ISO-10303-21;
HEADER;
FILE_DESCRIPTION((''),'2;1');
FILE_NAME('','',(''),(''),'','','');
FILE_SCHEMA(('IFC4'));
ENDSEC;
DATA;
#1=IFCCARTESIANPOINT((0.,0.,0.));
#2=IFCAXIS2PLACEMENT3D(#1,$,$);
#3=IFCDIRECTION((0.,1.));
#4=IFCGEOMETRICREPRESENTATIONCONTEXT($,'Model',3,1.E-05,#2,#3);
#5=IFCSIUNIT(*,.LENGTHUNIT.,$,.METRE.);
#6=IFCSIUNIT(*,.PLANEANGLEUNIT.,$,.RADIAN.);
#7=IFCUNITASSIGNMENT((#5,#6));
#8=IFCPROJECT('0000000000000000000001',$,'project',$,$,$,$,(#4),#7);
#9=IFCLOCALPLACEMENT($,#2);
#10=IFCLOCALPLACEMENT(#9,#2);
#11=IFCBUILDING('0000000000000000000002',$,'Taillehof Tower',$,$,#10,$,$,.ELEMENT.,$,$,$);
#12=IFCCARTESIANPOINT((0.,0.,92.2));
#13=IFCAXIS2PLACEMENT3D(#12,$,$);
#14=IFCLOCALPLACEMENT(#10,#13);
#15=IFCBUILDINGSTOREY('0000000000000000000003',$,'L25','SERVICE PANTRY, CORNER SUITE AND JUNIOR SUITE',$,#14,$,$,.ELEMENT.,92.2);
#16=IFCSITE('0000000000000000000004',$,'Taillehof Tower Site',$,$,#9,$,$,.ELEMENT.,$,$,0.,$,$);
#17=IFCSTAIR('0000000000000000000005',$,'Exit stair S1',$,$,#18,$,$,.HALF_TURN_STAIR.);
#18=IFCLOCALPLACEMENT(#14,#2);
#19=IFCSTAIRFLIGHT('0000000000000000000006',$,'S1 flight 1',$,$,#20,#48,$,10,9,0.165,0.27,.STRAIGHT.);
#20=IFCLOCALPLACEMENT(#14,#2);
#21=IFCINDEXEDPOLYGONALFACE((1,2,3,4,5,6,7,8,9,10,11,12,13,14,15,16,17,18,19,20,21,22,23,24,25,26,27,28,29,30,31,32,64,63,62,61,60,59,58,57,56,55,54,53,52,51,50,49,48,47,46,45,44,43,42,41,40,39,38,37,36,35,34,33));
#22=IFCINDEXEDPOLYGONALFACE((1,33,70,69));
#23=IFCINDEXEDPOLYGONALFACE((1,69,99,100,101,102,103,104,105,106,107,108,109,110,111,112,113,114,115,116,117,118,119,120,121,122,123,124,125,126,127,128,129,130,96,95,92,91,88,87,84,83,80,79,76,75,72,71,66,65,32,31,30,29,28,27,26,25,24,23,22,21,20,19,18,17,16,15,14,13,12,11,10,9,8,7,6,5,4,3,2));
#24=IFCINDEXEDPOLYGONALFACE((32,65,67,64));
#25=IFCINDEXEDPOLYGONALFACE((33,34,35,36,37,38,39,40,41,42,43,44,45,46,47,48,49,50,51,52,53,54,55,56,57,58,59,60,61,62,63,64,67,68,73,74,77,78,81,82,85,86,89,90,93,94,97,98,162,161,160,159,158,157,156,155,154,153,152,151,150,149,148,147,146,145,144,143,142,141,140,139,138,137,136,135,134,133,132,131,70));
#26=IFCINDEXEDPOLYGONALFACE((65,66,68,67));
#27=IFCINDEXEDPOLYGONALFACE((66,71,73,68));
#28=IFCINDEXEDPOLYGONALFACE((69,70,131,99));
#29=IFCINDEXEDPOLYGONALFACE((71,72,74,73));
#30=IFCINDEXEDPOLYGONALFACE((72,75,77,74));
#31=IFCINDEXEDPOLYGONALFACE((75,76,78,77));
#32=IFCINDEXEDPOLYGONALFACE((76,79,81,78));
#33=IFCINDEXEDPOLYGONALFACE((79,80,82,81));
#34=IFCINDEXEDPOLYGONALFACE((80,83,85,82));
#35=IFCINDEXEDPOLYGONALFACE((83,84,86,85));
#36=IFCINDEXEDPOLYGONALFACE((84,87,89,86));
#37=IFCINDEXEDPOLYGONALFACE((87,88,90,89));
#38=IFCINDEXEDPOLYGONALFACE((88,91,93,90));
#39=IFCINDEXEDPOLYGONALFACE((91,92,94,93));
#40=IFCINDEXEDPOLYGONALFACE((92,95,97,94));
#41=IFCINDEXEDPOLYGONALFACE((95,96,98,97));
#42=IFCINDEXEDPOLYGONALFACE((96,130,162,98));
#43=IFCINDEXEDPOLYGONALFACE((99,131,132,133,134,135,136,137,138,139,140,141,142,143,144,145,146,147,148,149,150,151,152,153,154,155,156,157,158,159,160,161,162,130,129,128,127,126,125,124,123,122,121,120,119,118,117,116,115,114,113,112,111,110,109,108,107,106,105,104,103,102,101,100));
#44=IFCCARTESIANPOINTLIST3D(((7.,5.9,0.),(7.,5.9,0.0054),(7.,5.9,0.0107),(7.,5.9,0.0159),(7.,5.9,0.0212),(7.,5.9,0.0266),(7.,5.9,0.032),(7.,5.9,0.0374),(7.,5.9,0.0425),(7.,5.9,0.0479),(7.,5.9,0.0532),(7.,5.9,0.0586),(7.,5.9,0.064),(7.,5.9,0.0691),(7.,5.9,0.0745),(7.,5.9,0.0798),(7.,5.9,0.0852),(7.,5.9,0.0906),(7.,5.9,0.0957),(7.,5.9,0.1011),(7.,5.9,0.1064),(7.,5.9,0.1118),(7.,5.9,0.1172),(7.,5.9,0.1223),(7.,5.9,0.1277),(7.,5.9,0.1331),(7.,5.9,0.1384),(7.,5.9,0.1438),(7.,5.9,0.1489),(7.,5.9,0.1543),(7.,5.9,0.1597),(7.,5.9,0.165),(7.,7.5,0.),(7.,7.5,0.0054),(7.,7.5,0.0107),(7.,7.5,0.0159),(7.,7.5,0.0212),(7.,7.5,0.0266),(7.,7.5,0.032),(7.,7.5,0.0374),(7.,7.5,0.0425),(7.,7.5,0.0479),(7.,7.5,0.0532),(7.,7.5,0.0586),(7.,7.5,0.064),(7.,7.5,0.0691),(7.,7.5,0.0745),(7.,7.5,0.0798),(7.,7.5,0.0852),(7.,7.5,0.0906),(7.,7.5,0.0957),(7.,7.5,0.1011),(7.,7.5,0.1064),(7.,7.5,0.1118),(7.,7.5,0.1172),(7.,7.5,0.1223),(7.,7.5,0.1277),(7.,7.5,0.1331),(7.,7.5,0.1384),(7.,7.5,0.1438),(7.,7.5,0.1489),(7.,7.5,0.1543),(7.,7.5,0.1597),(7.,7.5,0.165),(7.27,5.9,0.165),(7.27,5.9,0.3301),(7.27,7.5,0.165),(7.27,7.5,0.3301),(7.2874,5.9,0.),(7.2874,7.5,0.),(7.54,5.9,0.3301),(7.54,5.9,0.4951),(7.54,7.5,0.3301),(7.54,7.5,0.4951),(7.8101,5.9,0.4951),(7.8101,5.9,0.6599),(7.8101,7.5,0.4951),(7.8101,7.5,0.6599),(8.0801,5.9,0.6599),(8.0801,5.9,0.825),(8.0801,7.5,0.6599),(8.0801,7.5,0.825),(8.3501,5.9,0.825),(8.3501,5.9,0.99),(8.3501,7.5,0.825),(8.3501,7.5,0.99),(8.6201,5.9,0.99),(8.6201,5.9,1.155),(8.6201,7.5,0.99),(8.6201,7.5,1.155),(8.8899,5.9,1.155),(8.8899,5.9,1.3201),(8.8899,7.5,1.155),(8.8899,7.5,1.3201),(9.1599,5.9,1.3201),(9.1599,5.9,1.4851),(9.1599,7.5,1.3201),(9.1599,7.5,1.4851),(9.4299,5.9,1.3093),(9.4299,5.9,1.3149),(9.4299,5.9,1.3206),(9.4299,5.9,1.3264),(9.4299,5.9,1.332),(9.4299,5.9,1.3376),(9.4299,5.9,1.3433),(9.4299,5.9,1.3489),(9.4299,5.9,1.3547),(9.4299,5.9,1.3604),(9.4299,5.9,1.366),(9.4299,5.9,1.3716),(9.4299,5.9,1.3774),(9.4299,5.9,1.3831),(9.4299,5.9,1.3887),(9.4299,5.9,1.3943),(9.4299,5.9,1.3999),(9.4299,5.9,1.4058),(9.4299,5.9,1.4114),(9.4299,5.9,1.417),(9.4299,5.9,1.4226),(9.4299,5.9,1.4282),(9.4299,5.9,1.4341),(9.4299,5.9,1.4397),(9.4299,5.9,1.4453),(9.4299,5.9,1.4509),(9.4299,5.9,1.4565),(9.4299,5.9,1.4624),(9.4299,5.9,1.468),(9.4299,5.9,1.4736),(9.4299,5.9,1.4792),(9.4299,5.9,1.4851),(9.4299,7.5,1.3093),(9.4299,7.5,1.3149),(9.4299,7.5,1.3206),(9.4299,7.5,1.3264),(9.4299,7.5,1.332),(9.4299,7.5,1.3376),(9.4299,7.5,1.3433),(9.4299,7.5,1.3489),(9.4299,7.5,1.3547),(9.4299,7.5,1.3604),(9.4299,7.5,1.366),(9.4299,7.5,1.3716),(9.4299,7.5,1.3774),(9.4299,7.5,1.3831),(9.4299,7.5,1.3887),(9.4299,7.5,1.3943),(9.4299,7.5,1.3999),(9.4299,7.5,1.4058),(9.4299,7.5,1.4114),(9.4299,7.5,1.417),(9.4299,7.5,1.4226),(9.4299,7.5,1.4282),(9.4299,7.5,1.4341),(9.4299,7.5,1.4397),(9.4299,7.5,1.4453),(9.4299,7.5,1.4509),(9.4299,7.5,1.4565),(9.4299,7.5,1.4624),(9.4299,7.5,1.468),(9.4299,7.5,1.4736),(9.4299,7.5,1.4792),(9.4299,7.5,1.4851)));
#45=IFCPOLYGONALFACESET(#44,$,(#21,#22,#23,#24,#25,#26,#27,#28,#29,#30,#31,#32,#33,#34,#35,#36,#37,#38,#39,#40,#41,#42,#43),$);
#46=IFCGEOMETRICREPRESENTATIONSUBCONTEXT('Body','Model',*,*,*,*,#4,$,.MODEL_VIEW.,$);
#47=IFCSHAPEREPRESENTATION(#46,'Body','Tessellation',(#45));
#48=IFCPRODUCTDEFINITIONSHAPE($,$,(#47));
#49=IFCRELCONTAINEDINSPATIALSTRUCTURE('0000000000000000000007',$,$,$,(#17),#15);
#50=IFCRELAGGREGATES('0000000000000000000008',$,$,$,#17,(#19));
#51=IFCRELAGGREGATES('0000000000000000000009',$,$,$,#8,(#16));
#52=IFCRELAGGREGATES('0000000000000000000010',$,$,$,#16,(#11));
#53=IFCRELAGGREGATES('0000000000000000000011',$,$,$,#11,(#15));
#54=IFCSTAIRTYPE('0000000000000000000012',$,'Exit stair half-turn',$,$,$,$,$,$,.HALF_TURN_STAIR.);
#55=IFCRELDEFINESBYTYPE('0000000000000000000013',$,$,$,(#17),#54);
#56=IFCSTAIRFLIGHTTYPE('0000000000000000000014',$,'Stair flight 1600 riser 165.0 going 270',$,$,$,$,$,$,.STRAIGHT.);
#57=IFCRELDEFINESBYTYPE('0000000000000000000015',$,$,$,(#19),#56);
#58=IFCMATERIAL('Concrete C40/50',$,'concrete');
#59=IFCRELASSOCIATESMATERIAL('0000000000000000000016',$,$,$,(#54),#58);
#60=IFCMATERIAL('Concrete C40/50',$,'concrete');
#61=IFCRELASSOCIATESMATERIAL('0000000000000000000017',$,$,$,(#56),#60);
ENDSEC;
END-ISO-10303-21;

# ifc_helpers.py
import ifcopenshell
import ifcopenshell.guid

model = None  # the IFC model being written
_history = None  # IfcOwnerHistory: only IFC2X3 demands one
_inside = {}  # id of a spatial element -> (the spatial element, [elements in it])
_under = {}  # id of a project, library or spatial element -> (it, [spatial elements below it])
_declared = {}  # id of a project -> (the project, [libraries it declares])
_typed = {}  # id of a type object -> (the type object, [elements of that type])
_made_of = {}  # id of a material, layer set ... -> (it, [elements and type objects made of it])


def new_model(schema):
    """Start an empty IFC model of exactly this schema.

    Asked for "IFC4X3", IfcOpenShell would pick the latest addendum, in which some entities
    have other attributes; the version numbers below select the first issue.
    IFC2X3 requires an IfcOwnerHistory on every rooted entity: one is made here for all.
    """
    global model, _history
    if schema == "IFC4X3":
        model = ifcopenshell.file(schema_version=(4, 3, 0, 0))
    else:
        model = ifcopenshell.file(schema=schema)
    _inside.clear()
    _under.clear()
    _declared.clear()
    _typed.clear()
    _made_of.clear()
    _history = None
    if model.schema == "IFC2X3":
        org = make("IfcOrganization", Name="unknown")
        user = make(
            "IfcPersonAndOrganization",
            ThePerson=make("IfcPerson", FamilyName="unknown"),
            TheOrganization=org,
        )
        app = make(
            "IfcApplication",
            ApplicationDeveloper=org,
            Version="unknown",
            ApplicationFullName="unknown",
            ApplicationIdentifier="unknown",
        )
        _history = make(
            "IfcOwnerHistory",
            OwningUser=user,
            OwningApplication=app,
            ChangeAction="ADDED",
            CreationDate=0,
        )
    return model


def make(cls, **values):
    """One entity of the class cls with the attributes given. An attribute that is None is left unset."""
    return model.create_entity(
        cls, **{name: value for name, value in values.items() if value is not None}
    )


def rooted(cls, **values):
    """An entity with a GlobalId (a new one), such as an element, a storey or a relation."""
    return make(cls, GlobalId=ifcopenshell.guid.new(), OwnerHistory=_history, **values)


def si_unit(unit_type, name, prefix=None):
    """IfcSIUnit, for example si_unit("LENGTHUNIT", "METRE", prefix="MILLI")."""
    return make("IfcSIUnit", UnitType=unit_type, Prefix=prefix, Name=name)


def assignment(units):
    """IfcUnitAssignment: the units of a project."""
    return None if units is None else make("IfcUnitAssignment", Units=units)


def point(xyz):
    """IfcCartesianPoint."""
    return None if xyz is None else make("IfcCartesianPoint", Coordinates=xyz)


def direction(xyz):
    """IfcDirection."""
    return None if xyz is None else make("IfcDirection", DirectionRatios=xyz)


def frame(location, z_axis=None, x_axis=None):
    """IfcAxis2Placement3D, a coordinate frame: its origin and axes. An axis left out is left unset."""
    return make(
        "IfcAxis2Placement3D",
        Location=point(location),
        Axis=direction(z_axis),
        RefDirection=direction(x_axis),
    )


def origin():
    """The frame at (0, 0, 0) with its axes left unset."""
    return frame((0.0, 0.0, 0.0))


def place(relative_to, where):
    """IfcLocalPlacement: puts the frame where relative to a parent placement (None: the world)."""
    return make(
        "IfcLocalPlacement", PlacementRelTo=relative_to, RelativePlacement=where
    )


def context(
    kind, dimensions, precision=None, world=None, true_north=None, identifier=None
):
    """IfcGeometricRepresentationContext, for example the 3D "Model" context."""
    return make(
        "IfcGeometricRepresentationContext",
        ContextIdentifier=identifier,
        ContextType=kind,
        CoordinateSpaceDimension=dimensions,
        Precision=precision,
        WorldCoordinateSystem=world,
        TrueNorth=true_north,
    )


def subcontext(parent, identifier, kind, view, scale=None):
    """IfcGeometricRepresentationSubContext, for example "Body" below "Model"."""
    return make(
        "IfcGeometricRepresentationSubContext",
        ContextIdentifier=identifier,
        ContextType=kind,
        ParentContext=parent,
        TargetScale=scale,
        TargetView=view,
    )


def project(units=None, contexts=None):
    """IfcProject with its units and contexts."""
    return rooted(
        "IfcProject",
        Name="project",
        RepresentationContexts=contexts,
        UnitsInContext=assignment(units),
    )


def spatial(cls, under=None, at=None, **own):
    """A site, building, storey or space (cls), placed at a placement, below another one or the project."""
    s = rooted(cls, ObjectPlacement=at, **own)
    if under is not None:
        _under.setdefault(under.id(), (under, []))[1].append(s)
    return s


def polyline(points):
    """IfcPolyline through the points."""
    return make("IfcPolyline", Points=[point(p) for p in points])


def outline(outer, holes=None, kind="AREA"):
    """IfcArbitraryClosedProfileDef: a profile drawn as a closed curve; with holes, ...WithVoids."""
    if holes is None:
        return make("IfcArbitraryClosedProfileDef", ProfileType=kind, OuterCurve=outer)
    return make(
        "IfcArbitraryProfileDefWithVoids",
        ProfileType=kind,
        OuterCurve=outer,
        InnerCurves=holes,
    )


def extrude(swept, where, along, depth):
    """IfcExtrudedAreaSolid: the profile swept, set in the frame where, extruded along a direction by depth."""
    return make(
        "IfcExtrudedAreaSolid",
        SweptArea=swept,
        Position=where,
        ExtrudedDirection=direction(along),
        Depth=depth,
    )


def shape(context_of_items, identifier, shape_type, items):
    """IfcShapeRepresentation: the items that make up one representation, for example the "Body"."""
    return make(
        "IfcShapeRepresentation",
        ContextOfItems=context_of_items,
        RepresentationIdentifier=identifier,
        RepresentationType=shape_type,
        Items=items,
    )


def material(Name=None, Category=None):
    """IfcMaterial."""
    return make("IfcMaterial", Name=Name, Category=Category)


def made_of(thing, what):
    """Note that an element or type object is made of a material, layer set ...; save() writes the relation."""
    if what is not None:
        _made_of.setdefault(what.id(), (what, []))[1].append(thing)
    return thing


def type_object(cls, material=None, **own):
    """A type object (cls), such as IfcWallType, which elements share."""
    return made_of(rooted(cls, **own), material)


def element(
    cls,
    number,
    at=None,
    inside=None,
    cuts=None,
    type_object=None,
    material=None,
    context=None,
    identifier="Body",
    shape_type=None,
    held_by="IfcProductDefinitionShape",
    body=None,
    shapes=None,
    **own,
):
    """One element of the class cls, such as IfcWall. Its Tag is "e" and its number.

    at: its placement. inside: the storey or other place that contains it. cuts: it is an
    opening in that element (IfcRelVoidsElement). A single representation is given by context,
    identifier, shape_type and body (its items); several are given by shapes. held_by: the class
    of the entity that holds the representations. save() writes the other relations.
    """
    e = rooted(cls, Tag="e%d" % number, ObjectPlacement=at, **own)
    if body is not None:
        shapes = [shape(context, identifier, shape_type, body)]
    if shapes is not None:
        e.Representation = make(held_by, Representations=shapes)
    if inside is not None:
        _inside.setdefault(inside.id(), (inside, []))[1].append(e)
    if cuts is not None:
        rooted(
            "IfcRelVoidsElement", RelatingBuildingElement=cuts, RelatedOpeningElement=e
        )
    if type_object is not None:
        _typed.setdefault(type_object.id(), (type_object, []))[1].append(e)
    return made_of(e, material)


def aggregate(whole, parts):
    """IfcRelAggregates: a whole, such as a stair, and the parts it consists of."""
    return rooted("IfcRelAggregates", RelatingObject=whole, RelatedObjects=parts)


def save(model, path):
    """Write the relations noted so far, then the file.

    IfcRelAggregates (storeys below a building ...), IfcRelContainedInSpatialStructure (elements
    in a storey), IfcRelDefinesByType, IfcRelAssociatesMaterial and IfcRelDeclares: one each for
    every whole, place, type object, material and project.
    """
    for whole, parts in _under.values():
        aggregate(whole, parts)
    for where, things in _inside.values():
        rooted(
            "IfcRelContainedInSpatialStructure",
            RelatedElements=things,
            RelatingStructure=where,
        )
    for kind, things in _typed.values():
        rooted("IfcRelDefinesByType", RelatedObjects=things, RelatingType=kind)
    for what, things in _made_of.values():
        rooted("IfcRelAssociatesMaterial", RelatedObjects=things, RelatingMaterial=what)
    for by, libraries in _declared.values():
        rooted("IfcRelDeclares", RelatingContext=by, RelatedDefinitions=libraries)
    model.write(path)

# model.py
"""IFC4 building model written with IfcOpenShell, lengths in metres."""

from ifc_helpers import new_model, si_unit, direction, frame, origin, place, context, subcontext, project, spatial, polyline, outline, extrude, material, type_object, element, aggregate, save


model = new_model("IFC4")

# Units and contexts
model_context = context("Model", 3, precision=1e-05, world=origin(), true_north=direction((0.0, 1.0)))
body_context = subcontext(model_context, "Body", "Model", "MODEL_VIEW")
ifc_project = project(units=[si_unit("LENGTHUNIT", "METRE"), si_unit("PLANEANGLEUNIT", "RADIAN")], contexts=[model_context])

# Site, building, storey
site_placement = place(None, origin())
site = spatial("IfcSite", under=ifc_project, at=site_placement, Name="Taillehof Tower Site", CompositionType="ELEMENT", RefElevation=0.0)
building_placement = place(site_placement, origin())
building = spatial("IfcBuilding", under=site, at=building_placement, Name="Taillehof Tower", CompositionType="ELEMENT")
storey_placement = place(building_placement, frame((0.0, 0.0, 92.2)))
storey = spatial("IfcBuildingStorey", under=building, at=storey_placement, Name="L25", Description="SERVICE PANTRY, CORNER SUITE AND JUNIOR SUITE", CompositionType="ELEMENT", Elevation=92.2)

# Stair
ifc_material_1 = material(Name="Concrete C40/50", Category="concrete")
stair_type = type_object("IfcStairType", Name="Exit stair half-turn", PredefinedType="HALF_TURN_STAIR", material=ifc_material_1)
stair_1_placement = place(storey_placement, origin())
stair_1 = element("IfcStair", 1, at=stair_1_placement, inside=storey, type_object=stair_type, Name="Exit stair S1", PredefinedType="HALF_TURN_STAIR")

# Stair flight
ifc_material_2 = material(Name="Concrete C40/50", Category="concrete")
stair_flight_type = type_object("IfcStairFlightType", Name="Stair flight 1600 riser 165.0 going 270", PredefinedType="STRAIGHT", material=ifc_material_2)
stair_flight_placement = place(storey_placement, frame((7.0, 6.7, 0.0), z_axis=(0.0, 0.0, 1.0), x_axis=(1.0, 0.0, 0.0)))
stair_flight = element("IfcStairFlight", 2, at=stair_flight_placement, type_object=stair_flight_type, Name="S1 flight 1", NumberOfRisers=10, NumberOfTreads=9, PredefinedType="STRAIGHT", RiserHeight=0.165, TreadLength=0.27, context=body_context, shape_type="SweptSolid", body=[
    extrude(outline(polyline([(0.0, 0.0), (0.0, 0.0054), (0.0, 0.0107), (0.0, 0.0159), (0.0, 0.0212), (0.0, 0.0266), (0.0, 0.032), (0.0, 0.0374), (0.0, 0.0425), (0.0, 0.0479), (0.0, 0.0532), (0.0, 0.0586), (0.0, 0.064), (0.0, 0.0691), (0.0, 0.0745), (0.0, 0.0798), (0.0, 0.0852), (0.0, 0.0906), (0.0, 0.0957), (0.0, 0.1011), (0.0, 0.1064), (0.0, 0.1118), (0.0, 0.1172), (0.0, 0.1223), (0.0, 0.1277), (0.0, 0.1331), (0.0, 0.1384), (0.0, 0.1438), (0.0, 0.1489), (0.0, 0.1543), (0.0, 0.1597), (0.0, 0.165), (0.27, 0.165), (0.27, 0.3301), (0.54, 0.3301), (0.54, 0.4951), (0.8101, 0.4951), (0.8101, 0.6599), (1.0801, 0.6599), (1.0801, 0.825), (1.3501, 0.825), (1.3501, 0.99), (1.6201, 0.99), (1.6201, 1.155), (1.8899, 1.155), (1.8899, 1.3201), (2.1599, 1.3201), (2.1599, 1.4851), (2.4299, 1.4851), (2.4299, 1.4792), (2.4299, 1.4736), (2.4299, 1.468), (2.4299, 1.4624), (2.4299, 1.4565), (2.4299, 1.4509), (2.4299, 1.4453), (2.4299, 1.4397), (2.4299, 1.4341), (2.4299, 1.4282), (2.4299, 1.4226), (2.4299, 1.417), (2.4299, 1.4114), (2.4299, 1.4058), (2.4299, 1.3999), (2.4299, 1.3943), (2.4299, 1.3887), (2.4299, 1.3831), (2.4299, 1.3774), (2.4299, 1.3716), (2.4299, 1.366), (2.4299, 1.3604), (2.4299, 1.3547), (2.4299, 1.3489), (2.4299, 1.3433), (2.4299, 1.3376), (2.4299, 1.332), (2.4299, 1.3264), (2.4299, 1.3206), (2.4299, 1.3149), (2.4299, 1.3093), (0.2874, 0.0), (0.0, 0.0)])), frame((0.0, 0.8, 0.0), z_axis=(0.0, -1.0, 0.0), x_axis=(1.0, 0.0, 0.0)), (0.0, 0.0, 1.0), 1.6),
])
aggregate(stair_1, [stair_flight])

save(model, "model.ifc")
